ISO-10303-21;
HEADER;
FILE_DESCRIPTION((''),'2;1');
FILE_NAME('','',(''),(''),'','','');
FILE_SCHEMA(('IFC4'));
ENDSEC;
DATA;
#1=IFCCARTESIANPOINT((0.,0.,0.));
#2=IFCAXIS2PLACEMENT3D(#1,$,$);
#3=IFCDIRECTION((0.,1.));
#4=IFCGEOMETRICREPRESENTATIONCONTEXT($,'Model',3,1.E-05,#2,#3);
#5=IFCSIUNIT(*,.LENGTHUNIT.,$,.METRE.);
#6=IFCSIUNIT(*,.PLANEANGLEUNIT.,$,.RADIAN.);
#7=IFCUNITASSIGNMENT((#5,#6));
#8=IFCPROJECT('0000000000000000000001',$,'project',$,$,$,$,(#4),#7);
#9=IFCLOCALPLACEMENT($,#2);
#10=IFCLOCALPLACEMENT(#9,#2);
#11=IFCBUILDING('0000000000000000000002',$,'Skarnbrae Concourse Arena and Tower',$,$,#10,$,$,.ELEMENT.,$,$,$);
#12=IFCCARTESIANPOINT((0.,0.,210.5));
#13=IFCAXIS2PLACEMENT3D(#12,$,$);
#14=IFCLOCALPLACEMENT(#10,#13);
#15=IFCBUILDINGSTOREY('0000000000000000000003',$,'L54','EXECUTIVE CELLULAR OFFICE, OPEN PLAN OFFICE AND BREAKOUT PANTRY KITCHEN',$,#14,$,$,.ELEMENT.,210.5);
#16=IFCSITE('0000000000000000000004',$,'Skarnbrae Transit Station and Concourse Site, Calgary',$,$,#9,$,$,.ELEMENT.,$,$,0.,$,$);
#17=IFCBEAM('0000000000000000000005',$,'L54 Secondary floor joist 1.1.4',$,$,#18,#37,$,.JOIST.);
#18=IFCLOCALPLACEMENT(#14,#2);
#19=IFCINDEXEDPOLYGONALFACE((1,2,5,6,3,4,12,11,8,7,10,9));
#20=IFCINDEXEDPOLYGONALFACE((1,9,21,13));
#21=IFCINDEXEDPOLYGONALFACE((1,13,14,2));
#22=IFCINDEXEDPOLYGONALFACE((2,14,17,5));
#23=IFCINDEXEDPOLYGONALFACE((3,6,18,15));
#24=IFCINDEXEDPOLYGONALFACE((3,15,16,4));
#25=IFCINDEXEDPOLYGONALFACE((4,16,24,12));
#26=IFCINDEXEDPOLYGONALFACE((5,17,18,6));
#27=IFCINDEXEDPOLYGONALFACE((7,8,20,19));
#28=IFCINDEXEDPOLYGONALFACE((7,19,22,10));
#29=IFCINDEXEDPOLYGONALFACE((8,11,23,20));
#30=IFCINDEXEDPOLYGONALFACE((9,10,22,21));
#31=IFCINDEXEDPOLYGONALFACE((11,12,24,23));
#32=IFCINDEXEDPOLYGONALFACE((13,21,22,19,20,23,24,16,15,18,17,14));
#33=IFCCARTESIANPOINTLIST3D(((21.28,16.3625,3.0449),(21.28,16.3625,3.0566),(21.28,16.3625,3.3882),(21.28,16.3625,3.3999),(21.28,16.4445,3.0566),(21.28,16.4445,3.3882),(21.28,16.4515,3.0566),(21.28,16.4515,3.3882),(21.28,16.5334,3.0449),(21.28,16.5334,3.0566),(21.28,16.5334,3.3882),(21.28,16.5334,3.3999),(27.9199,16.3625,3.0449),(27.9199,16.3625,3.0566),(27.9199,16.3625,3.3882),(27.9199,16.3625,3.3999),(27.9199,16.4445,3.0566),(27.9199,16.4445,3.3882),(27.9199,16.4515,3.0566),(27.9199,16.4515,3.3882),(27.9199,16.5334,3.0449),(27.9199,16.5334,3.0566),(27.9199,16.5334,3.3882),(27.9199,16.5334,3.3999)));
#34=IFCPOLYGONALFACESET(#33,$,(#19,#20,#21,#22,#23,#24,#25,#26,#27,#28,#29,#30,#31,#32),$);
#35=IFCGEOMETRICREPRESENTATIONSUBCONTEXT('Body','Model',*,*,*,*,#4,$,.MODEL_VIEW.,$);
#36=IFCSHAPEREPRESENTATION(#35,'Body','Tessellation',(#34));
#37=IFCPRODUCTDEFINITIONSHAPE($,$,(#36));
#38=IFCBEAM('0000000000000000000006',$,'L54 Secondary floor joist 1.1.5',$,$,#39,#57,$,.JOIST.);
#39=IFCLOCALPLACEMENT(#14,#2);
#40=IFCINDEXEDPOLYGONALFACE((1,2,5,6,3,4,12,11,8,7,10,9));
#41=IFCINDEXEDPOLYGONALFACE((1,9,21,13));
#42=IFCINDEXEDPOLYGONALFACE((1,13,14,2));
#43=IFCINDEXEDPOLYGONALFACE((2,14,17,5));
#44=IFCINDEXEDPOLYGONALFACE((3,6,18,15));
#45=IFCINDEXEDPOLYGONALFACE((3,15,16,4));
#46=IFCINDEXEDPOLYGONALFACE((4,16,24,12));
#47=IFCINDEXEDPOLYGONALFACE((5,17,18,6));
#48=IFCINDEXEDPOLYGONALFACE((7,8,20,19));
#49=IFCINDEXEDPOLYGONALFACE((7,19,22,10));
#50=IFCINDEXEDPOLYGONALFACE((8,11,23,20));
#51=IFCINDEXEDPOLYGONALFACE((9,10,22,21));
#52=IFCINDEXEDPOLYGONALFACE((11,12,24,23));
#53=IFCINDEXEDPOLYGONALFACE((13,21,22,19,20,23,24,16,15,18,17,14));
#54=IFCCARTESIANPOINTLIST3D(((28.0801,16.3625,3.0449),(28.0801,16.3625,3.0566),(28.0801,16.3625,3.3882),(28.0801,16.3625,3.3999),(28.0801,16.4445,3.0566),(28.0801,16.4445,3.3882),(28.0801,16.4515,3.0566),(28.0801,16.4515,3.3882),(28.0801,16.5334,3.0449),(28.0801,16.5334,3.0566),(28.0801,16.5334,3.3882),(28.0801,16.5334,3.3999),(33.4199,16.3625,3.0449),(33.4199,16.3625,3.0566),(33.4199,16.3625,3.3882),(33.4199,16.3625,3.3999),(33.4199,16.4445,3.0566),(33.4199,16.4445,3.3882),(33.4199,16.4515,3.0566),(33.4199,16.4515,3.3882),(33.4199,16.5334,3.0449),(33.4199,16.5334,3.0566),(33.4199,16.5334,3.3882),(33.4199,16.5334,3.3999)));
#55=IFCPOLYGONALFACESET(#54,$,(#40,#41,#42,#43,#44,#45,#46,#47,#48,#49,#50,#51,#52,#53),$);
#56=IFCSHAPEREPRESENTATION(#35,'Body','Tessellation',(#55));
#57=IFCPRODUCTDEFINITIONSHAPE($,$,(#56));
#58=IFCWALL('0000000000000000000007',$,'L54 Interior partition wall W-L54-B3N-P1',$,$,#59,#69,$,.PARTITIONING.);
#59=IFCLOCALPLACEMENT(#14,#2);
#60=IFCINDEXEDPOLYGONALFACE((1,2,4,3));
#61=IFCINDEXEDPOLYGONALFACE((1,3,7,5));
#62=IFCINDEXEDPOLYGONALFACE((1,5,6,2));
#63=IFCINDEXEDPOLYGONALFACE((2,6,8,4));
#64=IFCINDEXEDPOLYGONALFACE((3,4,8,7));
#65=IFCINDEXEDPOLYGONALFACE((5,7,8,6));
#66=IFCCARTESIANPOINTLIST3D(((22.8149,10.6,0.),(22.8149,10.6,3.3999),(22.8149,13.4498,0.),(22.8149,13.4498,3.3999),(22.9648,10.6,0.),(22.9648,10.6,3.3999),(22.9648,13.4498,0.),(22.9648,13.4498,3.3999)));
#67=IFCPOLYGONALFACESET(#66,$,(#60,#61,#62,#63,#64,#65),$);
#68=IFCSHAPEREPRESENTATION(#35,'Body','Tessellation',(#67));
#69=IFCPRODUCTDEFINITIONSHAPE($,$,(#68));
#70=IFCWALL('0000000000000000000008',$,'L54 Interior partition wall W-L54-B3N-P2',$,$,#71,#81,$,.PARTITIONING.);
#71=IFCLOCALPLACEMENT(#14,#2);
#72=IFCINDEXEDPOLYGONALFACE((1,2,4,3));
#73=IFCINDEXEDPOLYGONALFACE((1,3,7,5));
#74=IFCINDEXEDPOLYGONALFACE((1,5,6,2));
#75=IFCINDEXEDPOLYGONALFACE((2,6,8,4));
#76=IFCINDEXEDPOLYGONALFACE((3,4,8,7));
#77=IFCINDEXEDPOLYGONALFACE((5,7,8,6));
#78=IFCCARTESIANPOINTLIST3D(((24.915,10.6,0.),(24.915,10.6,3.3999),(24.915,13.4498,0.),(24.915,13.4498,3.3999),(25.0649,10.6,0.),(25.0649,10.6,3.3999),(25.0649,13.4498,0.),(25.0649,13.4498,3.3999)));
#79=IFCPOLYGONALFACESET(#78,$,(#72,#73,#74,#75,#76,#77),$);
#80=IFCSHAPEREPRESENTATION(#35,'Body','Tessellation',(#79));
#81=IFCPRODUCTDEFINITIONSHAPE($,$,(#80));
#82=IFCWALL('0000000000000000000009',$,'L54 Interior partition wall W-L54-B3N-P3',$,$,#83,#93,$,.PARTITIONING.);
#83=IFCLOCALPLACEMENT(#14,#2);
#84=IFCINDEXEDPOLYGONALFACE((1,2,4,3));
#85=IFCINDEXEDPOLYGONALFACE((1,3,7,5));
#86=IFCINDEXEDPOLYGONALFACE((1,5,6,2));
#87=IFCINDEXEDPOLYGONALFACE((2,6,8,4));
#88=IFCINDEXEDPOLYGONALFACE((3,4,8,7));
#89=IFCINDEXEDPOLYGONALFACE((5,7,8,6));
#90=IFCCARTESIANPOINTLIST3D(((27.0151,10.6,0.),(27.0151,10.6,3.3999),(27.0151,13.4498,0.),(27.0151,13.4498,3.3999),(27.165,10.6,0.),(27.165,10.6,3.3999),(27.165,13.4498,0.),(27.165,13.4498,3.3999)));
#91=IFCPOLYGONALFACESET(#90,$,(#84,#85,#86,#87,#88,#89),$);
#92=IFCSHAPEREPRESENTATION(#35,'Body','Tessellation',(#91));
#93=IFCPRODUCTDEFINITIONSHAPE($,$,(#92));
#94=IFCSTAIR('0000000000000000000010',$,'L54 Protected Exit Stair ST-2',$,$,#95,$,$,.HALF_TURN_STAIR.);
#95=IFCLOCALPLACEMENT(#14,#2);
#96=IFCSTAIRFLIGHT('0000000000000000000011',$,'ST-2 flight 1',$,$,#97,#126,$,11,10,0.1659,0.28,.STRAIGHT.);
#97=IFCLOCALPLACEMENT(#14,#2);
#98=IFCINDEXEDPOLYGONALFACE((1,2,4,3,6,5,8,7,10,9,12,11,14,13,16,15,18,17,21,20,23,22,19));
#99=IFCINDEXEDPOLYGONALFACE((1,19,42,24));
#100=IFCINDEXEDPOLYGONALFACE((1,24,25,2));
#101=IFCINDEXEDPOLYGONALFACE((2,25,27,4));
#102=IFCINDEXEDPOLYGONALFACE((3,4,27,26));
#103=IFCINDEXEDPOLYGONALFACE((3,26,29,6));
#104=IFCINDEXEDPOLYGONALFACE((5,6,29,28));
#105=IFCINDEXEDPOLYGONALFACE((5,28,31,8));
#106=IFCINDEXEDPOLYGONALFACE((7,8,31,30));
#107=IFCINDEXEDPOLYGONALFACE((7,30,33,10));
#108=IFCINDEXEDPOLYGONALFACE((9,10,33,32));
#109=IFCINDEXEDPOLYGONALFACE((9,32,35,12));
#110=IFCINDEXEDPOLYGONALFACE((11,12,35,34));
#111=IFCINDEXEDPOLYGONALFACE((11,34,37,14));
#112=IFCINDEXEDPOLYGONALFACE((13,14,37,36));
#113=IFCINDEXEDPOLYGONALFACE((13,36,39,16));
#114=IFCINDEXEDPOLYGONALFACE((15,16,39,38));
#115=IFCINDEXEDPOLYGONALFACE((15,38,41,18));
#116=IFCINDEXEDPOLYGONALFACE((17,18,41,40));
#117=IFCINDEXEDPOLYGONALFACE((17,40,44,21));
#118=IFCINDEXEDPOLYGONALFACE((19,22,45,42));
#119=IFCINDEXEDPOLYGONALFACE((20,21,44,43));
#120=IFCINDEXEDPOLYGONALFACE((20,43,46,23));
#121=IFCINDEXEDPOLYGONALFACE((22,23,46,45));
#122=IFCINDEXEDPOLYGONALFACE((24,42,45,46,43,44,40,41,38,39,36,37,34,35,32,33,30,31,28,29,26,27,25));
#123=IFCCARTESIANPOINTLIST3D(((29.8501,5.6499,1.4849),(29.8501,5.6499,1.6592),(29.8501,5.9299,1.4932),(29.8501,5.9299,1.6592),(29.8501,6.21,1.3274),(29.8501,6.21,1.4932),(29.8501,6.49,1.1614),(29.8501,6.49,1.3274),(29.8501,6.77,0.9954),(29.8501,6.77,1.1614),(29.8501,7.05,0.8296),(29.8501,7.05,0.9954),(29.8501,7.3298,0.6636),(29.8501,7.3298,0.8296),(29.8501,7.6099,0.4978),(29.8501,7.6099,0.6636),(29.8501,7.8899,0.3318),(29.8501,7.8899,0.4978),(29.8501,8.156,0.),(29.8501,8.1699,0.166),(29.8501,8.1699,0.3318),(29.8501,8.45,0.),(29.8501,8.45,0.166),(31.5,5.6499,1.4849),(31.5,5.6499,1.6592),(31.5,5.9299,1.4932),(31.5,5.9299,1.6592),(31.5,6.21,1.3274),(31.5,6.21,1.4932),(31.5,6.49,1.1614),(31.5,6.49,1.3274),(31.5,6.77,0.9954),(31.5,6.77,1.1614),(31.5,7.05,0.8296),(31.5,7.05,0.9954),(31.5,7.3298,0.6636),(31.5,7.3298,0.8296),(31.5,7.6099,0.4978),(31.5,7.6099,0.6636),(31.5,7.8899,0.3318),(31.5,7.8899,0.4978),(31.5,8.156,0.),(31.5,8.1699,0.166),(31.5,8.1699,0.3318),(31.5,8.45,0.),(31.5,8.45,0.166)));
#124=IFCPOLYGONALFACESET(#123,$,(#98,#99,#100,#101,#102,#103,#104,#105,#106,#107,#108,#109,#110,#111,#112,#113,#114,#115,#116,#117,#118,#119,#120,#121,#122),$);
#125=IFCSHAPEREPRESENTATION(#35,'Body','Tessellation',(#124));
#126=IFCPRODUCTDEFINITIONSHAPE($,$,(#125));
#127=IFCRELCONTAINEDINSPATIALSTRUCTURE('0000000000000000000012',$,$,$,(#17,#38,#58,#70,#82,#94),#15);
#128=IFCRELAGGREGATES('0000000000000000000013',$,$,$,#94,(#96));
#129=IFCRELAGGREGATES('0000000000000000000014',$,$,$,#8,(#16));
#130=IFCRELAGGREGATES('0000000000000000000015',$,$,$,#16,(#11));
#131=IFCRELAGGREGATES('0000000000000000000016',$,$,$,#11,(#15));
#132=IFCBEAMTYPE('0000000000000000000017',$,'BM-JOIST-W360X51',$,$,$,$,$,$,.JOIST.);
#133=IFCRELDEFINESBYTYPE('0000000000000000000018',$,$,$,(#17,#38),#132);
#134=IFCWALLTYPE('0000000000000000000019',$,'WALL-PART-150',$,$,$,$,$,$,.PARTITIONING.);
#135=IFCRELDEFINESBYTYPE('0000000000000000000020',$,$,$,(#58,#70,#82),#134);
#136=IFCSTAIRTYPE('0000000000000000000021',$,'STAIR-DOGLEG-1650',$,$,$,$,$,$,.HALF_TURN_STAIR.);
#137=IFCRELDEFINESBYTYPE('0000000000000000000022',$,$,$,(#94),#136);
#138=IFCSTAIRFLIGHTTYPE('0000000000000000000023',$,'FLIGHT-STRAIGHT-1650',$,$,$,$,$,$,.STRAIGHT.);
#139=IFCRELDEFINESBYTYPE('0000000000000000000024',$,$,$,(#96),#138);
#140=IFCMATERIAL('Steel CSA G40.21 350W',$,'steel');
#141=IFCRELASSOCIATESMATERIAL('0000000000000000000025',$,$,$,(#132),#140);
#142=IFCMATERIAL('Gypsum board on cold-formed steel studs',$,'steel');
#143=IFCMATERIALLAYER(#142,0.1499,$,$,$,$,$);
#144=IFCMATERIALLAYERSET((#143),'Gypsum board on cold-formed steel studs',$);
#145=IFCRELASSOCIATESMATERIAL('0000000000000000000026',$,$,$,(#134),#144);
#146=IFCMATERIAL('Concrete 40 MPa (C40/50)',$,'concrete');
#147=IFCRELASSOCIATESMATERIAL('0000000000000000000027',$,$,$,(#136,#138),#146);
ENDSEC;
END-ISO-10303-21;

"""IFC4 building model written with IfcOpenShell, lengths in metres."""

from ifc_helpers import new_model, si_unit, direction, frame, frame_2d, origin, origin_2d, place, context, subcontext, project, spatial, polyline, rectangle, i_section, outline, extrude, source, transform, mapped, material, layer, layer_set, material_profile, profile_set, type_object, element, aggregate, save


model = new_model("IFC4")

# Units and contexts
model_context = context("Model", 3, precision=1e-05, world=origin(), true_north=direction((0.0, 1.0)))
body_context = subcontext(model_context, "Body", "Model", "MODEL_VIEW")
ifc_project = project(units=[si_unit("LENGTHUNIT", "METRE"), si_unit("PLANEANGLEUNIT", "RADIAN")], contexts=[model_context])

# Site, building, storey
site_placement = place(None, origin())
site = spatial("IfcSite", under=ifc_project, at=site_placement, Name="Skarnbrae Transit Station and Concourse Site, Calgary", CompositionType="ELEMENT", RefElevation=0.0)
building_placement = place(site_placement, origin())
building = spatial("IfcBuilding", under=site, at=building_placement, Name="Skarnbrae Concourse Arena and Tower", CompositionType="ELEMENT")
storey_placement = place(building_placement, frame((0.0, 0.0, 210.5)))
storey = spatial("IfcBuildingStorey", under=building, at=storey_placement, Name="L54", Description="EXECUTIVE CELLULAR OFFICE, OPEN PLAN OFFICE AND BREAKOUT PANTRY KITCHEN", CompositionType="ELEMENT", Elevation=210.5)

# Shared definitions
ifc_material_1 = material(Name="Steel CSA G40.21 350W", Category="steel")

# Beams
ifc_material_profile_1 = material_profile(ifc_material_1, i_section(OverallWidth=0.1709, OverallDepth=0.355, WebThickness=0.0071, FlangeThickness=0.0117, at=origin_2d()), Name="W360X51")
ifc_profile_set_1 = profile_set([ifc_material_profile_1], Name="Steel CSA G40.21 350W")
beam_type_1 = type_object("IfcBeamType", Name="BM-JOIST-W360X51", PredefinedType="JOIST", material=ifc_profile_set_1)
shared_shape_1 = source(origin(), body_context, "Body", "SweptSolid", [
    extrude(i_section(OverallWidth=0.1709, OverallDepth=0.355, WebThickness=0.0071, FlangeThickness=0.0117, at=origin_2d()), origin(), (0.0, 0.0, 1.0), 6.6399),
])
beam_1_placement = place(storey_placement, frame((21.28, 16.448, 3.2224), z_axis=(1.0, 0.0, 0.0), x_axis=(0.0, 1.0, 0.0)))
element("IfcBeam", 1, at=beam_1_placement, inside=storey, type_object=beam_type_1, Name="L54 Secondary floor joist 1.1.4", PredefinedType="JOIST", context=body_context, shape_type="MappedRepresentation", body=[
    mapped(shared_shape_1, transform((0.0, 0.0, 0.0))),
])
shared_shape_2 = source(origin(), body_context, "Body", "SweptSolid", [
    extrude(i_section(OverallWidth=0.1709, OverallDepth=0.355, WebThickness=0.0071, FlangeThickness=0.0117, at=origin_2d()), origin(), (0.0, 0.0, 1.0), 5.3398),
])
beam_2_placement = place(storey_placement, frame((28.0801, 16.448, 3.2224), z_axis=(1.0, 0.0, 0.0), x_axis=(0.0, 1.0, 0.0)))
element("IfcBeam", 2, at=beam_2_placement, inside=storey, type_object=beam_type_1, Name="L54 Secondary floor joist 1.1.5", PredefinedType="JOIST", context=body_context, shape_type="MappedRepresentation", body=[
    mapped(shared_shape_2, transform((0.0, 0.0, 0.0))),
])

# Walls
ifc_material_2 = material(Name="Gypsum board on cold-formed steel studs", Category="steel")
ifc_layer_1 = layer(ifc_material_2, 0.1499)
ifc_layer_set_1 = layer_set([ifc_layer_1], Name="Gypsum board on cold-formed steel studs")
wall_type_1 = type_object("IfcWallType", Name="WALL-PART-150", PredefinedType="PARTITIONING", material=ifc_layer_set_1)
shared_shape_3 = source(origin(), body_context, "Body", "SweptSolid", [
    extrude(rectangle(XDim=2.8499, YDim=0.1499, at=frame_2d((1.4248, 0.0))), origin(), (0.0, 0.0, 1.0), 3.3999),
])
for number, where, z_axis, x_axis, name in (
    (3, (22.8899, 10.6001, 0.0), (0.0, 0.0, 1.0), (0.0, 1.0, 0.0), "L54 Interior partition wall W-L54-B3N-P1"),
    (4, (24.99, 10.6001, 0.0), (0.0, 0.0, 1.0), (0.0, 1.0, 0.0), "L54 Interior partition wall W-L54-B3N-P2"),
    (5, (27.0901, 10.6001, 0.0), (0.0, 0.0, 1.0), (0.0, 1.0, 0.0), "L54 Interior partition wall W-L54-B3N-P3"),
):
    element("IfcWall", number, at=place(storey_placement, frame(where, z_axis=z_axis, x_axis=x_axis)), inside=storey, type_object=wall_type_1, Name=name, PredefinedType="PARTITIONING", context=body_context, shape_type="MappedRepresentation", body=[
        mapped(shared_shape_3, transform((0.0, 0.0, 0.0))),
    ])

# Stair, stair flight
ifc_material_3 = material(Name="Concrete 40 MPa (C40/50)", Category="concrete")
stair_type = type_object("IfcStairType", Name="STAIR-DOGLEG-1650", PredefinedType="HALF_TURN_STAIR", material=ifc_material_3)
stair_placement = place(storey_placement, origin())
stair = element("IfcStair", 6, at=stair_placement, inside=storey, type_object=stair_type, Name="L54 Protected Exit Stair ST-2", PredefinedType="HALF_TURN_STAIR")
stair_flight_type = type_object("IfcStairFlightType", Name="FLIGHT-STRAIGHT-1650", PredefinedType="STRAIGHT", material=ifc_material_3)
shared_shape_4 = source(origin(), body_context, "Body", "SweptSolid", [
    extrude(outline(polyline([(0.0, 0.0), (0.0, 0.166), (0.28, 0.166), (0.28, 0.3318), (0.5601, 0.3318), (0.5601, 0.4978), (0.8401, 0.4978), (0.8401, 0.6636), (1.1201, 0.6636), (1.1201, 0.8296), (1.3999, 0.8296), (1.3999, 0.9954), (1.6799, 0.9954), (1.6799, 1.1614), (1.96, 1.1614), (1.96, 1.3274), (2.24, 1.3274), (2.24, 1.4932), (2.52, 1.4932), (2.52, 1.6592), (2.8, 1.6592), (2.8, 1.825), (2.8, 1.4849), (0.2939, 0.0), (0.0, 0.0)])), frame((0.0, 0.825, 0.0), z_axis=(0.0, -1.0, 0.0), x_axis=(1.0, 0.0, 0.0)), (0.0, 0.0, 1.0), 1.6499),
])
stair_flight_placement = place(storey_placement, frame((30.675, 8.45, 0.0), z_axis=(0.0, 0.0, 1.0), x_axis=(0.0, -1.0, 0.0)))
stair_flight = element("IfcStairFlight", 7, at=stair_flight_placement, type_object=stair_flight_type, Name="ST-2 flight 1", NumberOfRisers=11, NumberOfTreads=10, PredefinedType="STRAIGHT", RiserHeight=0.1659, TreadLength=0.28, context=body_context, shape_type="MappedRepresentation", body=[
    mapped(shared_shape_4, transform((0.0, 0.0, 0.0))),
])
aggregate(stair, [stair_flight])

save(model, "model.ifc")
